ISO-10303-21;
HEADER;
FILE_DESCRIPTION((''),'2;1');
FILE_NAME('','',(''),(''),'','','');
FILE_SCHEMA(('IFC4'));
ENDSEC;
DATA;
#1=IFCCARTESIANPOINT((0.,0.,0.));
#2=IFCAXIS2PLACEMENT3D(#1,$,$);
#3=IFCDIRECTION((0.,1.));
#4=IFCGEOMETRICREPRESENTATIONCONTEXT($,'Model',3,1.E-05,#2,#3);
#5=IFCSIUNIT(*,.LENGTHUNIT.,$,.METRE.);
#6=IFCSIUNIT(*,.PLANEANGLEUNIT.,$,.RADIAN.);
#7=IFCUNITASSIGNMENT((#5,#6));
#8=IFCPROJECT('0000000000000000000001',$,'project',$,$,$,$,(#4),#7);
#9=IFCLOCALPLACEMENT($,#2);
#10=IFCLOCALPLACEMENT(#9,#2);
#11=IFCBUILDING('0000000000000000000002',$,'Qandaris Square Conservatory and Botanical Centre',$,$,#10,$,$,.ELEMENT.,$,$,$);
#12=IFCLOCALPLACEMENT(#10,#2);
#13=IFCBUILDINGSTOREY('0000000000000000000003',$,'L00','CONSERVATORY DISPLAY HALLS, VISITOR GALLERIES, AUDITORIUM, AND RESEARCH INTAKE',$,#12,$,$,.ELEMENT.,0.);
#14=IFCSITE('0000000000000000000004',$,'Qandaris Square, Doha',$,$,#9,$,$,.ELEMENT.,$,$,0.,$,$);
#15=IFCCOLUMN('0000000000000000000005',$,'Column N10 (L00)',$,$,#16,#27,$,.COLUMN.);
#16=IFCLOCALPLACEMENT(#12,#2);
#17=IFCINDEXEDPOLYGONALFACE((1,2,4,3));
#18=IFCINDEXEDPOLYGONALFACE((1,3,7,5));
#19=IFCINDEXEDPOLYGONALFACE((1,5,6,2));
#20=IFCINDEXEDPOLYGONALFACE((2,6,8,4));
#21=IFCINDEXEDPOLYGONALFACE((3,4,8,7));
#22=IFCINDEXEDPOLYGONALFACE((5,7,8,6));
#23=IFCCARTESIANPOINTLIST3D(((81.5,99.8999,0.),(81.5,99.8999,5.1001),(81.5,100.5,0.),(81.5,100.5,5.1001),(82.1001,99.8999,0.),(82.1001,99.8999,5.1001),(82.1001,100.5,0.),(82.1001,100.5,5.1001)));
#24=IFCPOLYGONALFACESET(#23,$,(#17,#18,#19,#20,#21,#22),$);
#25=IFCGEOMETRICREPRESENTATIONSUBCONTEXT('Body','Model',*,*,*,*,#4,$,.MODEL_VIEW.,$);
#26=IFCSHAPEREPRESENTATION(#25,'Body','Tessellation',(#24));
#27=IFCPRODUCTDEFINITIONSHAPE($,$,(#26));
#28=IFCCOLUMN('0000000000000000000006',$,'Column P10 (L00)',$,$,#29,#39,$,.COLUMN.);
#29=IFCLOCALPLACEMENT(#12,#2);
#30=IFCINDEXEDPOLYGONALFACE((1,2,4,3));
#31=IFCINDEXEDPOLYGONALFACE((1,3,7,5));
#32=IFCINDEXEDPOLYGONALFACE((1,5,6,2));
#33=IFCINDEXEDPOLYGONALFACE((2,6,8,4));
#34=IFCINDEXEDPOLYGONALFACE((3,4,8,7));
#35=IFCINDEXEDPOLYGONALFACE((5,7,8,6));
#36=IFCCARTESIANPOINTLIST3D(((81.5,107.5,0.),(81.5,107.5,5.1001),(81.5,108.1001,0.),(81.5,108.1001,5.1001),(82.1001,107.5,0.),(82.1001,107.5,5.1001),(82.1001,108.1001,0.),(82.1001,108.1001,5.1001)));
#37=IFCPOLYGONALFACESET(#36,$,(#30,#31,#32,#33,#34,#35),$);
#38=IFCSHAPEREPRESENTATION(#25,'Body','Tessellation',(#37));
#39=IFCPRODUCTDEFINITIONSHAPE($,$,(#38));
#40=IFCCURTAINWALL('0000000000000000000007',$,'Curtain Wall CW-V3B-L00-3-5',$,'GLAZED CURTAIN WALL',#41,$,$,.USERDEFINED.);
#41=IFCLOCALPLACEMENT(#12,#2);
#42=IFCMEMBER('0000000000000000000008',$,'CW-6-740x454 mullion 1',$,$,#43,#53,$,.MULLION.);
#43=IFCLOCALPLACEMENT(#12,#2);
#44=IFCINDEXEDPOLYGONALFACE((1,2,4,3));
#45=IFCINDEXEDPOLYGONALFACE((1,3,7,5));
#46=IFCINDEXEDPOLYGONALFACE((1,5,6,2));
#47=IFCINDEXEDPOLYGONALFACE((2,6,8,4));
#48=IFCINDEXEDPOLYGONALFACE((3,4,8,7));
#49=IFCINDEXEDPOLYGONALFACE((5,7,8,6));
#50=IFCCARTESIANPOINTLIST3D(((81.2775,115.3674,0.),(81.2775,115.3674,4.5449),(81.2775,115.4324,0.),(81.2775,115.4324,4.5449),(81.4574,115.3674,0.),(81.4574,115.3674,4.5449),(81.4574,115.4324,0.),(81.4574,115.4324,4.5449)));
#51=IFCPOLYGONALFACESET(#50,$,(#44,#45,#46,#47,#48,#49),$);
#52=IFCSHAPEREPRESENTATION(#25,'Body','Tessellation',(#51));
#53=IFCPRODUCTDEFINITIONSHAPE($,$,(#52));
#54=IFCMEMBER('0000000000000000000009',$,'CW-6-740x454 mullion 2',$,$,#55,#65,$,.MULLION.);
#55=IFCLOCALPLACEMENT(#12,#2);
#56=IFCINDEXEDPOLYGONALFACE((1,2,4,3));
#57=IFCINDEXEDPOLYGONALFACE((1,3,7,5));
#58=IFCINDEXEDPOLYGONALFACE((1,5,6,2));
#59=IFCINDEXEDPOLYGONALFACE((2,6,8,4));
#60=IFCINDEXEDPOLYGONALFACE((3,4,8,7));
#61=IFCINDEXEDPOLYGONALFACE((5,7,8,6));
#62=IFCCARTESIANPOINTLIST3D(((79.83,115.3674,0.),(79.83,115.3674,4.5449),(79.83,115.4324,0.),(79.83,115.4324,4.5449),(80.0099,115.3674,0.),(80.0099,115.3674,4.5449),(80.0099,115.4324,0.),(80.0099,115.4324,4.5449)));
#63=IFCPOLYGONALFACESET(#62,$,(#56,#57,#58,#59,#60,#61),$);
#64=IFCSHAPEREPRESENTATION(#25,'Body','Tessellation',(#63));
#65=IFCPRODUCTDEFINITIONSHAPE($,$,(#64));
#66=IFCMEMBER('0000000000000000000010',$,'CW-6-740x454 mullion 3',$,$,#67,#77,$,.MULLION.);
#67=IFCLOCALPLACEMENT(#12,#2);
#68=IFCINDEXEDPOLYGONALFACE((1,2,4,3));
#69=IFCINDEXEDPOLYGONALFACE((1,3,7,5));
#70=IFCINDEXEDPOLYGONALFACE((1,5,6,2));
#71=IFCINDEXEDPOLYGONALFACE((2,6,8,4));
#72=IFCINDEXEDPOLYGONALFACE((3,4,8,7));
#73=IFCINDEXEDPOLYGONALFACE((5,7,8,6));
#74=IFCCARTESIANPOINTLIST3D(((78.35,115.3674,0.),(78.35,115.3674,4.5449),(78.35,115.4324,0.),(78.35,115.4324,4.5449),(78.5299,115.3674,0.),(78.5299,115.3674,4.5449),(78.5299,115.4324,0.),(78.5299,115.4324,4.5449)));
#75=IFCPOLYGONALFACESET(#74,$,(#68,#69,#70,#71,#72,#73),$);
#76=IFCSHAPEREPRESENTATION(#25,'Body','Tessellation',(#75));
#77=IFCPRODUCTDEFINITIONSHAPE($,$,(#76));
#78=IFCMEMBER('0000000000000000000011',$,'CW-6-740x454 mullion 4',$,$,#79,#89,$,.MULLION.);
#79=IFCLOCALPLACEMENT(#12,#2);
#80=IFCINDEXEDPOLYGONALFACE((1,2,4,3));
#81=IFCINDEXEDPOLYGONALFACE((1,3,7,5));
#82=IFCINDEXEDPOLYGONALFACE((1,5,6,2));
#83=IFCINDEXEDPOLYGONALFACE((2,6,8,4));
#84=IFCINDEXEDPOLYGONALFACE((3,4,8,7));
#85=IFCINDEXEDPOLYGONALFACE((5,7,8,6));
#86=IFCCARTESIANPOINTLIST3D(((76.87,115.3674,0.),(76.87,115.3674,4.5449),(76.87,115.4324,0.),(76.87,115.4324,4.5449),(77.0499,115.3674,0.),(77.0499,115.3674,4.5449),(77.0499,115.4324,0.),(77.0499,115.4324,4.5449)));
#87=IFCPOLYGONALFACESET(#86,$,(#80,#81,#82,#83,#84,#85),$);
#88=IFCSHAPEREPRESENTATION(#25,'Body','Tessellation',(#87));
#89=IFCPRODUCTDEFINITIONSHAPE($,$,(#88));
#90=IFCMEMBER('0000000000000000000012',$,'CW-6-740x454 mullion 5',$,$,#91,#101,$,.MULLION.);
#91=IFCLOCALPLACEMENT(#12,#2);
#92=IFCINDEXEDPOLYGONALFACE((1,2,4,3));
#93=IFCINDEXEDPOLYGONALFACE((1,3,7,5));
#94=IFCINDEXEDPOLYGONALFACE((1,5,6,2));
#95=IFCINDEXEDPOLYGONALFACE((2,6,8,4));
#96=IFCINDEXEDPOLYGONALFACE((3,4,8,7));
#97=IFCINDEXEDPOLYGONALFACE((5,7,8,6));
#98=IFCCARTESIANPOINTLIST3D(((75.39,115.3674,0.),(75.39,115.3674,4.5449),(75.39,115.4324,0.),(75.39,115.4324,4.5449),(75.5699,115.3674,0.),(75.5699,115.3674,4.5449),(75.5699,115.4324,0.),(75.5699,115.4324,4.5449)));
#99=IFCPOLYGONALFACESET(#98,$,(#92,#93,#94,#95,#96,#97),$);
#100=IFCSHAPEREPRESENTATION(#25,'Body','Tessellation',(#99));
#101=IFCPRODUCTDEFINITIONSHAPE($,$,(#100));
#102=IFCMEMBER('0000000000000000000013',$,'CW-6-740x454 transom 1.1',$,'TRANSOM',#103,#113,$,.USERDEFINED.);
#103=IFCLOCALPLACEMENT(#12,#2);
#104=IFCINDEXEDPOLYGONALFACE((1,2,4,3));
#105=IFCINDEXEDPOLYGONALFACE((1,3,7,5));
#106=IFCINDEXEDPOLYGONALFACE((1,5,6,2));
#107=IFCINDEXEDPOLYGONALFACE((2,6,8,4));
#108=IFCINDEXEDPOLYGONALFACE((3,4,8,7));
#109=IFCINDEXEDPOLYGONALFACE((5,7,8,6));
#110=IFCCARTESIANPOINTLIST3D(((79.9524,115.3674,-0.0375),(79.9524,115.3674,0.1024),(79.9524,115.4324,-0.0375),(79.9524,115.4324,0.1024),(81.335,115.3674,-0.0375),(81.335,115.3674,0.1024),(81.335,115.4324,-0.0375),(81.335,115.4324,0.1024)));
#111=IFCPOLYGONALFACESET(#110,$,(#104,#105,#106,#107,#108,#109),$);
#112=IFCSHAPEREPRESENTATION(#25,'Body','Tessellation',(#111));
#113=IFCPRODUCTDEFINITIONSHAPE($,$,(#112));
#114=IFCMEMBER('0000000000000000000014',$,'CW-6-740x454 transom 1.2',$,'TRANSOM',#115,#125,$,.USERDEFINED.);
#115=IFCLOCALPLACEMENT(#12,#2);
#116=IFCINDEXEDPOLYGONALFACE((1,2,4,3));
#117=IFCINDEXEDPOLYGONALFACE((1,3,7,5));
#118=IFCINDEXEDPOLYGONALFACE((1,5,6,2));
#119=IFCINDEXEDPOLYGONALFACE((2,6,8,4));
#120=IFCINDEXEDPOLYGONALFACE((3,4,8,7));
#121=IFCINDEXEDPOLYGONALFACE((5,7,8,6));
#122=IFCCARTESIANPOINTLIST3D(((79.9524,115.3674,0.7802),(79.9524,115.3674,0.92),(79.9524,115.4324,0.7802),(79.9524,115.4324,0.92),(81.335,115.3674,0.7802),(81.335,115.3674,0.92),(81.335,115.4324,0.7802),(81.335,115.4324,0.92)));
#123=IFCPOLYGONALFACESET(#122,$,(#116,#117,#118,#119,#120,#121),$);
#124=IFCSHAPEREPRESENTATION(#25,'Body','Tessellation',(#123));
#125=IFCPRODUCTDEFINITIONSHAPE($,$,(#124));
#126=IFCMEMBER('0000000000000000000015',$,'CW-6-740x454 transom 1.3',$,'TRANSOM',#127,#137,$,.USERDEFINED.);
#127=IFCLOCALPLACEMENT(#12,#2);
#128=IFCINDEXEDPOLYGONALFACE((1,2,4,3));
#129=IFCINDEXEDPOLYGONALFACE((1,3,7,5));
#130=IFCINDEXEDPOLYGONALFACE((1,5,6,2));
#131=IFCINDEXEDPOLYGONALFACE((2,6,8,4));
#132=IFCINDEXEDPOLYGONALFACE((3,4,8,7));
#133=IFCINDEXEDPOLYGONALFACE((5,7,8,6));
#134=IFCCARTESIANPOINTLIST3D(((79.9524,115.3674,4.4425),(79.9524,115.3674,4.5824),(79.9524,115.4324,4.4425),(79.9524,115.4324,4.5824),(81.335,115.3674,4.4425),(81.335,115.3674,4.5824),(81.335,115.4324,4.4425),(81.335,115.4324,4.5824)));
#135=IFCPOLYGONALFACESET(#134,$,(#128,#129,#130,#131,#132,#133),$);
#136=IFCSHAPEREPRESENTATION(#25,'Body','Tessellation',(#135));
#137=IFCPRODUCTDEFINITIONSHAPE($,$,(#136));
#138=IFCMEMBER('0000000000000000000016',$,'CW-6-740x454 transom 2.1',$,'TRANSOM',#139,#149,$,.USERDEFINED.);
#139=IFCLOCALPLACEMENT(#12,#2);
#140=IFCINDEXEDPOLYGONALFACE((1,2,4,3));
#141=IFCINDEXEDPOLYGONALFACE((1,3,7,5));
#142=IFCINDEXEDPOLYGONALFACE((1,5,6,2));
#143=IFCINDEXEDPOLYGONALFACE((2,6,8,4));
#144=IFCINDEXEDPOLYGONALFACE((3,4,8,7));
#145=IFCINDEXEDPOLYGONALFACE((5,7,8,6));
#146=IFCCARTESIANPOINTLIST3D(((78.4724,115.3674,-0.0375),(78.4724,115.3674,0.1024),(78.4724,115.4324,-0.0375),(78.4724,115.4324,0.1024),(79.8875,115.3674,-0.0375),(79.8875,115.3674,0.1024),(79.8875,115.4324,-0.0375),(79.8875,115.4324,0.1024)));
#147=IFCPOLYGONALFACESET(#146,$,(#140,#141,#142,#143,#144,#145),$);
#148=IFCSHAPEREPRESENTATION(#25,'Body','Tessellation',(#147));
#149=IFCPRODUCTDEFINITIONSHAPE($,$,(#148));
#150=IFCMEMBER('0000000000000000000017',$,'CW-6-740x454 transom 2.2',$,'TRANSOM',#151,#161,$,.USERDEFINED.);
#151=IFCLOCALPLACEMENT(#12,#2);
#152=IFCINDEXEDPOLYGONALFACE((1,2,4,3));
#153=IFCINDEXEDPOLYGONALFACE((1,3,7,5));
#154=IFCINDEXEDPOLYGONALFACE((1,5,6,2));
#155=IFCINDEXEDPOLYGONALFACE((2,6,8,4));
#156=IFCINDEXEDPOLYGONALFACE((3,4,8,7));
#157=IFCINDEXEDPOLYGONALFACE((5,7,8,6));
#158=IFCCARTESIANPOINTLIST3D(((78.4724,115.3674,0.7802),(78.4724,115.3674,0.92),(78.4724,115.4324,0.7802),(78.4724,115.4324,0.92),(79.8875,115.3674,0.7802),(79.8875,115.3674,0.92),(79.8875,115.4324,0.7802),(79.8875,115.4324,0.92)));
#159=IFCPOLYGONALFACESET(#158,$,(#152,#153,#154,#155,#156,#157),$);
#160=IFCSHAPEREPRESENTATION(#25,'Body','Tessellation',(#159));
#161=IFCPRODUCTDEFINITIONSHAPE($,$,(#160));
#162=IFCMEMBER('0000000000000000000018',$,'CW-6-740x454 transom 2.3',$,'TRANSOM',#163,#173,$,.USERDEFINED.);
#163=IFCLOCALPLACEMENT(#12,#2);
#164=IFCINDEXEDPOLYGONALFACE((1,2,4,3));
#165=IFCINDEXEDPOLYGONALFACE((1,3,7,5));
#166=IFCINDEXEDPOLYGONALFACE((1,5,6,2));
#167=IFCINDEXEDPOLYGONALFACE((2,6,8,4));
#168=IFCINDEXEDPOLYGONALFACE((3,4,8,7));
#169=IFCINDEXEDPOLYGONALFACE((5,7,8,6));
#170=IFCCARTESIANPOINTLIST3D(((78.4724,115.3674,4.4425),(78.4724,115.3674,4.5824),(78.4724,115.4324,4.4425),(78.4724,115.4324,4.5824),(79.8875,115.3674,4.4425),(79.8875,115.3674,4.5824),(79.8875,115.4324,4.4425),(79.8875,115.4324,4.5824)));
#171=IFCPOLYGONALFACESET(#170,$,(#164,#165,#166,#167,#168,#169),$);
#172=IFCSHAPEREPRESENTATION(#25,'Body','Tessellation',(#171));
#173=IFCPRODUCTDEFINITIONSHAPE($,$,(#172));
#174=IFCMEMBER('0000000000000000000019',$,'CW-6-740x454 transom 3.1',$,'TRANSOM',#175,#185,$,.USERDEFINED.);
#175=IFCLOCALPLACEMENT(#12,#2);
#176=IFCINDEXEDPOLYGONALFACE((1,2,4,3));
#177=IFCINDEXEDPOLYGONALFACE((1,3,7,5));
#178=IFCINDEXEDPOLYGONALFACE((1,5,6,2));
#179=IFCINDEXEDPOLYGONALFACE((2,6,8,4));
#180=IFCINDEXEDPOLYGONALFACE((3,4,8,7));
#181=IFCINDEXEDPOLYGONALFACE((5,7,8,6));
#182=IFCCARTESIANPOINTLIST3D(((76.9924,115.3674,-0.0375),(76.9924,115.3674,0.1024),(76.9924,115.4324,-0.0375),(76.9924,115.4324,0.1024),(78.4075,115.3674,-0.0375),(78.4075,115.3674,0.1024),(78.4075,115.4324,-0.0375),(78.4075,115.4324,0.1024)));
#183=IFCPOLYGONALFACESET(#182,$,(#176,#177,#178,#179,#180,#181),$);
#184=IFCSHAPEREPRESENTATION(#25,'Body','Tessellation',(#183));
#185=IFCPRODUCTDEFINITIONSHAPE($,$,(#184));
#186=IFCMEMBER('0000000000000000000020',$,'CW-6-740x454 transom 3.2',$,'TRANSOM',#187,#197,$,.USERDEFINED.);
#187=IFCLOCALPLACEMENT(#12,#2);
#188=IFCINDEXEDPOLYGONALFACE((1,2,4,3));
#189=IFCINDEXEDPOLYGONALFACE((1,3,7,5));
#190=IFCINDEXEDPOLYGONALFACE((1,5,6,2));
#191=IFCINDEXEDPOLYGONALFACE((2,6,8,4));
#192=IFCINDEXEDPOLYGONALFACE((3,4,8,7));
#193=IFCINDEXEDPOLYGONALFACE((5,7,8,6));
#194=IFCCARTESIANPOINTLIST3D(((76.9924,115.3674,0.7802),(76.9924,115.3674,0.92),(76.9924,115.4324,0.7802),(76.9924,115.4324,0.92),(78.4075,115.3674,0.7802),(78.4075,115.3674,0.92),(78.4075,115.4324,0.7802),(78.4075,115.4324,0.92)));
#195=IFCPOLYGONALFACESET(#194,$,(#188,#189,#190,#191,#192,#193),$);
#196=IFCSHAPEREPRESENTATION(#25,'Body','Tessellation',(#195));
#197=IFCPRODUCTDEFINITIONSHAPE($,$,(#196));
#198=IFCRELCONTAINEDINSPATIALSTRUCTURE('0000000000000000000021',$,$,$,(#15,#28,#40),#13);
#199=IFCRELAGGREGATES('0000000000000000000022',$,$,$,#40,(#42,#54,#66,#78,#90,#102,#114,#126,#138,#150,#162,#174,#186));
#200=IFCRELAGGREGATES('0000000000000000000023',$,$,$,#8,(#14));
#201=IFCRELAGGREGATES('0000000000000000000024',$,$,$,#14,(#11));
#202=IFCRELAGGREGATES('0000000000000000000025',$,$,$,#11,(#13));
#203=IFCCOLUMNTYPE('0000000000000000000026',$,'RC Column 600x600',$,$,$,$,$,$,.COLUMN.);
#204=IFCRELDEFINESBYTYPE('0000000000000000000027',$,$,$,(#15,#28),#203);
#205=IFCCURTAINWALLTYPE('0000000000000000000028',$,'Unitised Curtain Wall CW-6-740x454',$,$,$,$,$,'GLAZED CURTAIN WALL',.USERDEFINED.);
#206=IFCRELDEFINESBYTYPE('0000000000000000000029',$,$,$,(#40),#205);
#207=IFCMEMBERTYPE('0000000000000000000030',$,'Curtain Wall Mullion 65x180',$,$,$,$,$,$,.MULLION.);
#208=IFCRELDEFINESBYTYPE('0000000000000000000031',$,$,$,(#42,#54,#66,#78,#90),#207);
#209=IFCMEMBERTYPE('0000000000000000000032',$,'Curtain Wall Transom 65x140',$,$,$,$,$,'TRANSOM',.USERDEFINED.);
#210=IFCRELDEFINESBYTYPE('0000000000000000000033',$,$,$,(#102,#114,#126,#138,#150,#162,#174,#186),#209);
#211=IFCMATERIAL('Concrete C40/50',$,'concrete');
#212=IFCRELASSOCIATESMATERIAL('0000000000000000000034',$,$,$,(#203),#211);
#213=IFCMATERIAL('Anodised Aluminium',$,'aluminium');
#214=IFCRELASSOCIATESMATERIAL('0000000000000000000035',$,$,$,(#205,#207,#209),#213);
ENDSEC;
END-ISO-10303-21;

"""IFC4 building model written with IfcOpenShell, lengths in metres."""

from ifc_helpers import new_model, si_unit, direction, frame, origin, origin_2d, place, context, subcontext, project, spatial, rectangle, extrude, material, material_profile, profile_set, type_object, element, aggregate, save


model = new_model("IFC4")

# Units and contexts
model_context = context("Model", 3, precision=1e-05, world=origin(), true_north=direction((0.0, 1.0)))
body_context = subcontext(model_context, "Body", "Model", "MODEL_VIEW")
ifc_project = project(units=[si_unit("LENGTHUNIT", "METRE"), si_unit("PLANEANGLEUNIT", "RADIAN")], contexts=[model_context])

# Site, building, storey
site_placement = place(None, origin())
site = spatial("IfcSite", under=ifc_project, at=site_placement, Name="Qandaris Square, Doha", CompositionType="ELEMENT", RefElevation=0.0)
building_placement = place(site_placement, origin())
building = spatial("IfcBuilding", under=site, at=building_placement, Name="Qandaris Square Conservatory and Botanical Centre", CompositionType="ELEMENT")
storey_placement = place(building_placement, origin())
storey = spatial("IfcBuildingStorey", under=building, at=storey_placement, Name="L00", Description="CONSERVATORY DISPLAY HALLS, VISITOR GALLERIES, AUDITORIUM, AND RESEARCH INTAKE", CompositionType="ELEMENT", Elevation=0.0)

# Shared definitions
ifc_material_1 = material(Name="Concrete C40/50", Category="concrete")

# Columns
ifc_material_profile_1 = material_profile(ifc_material_1, rectangle(XDim=0.6001, YDim=0.6001, at=origin_2d()), Name="RC-COL 600x600")
ifc_profile_set_1 = profile_set([ifc_material_profile_1], Name="Concrete C40/50")
column_type = type_object("IfcColumnType", Name="RC Column 600x600", PredefinedType="COLUMN", material=ifc_profile_set_1)
for number, where, z_axis, x_axis, name in (
    (1, (81.8, 100.2, 0.0), (0.0, 0.0, 1.0), (1.0, 0.0, 0.0), "Column N10 (L00)"),
    (2, (81.8, 107.8, 0.0), (0.0, 0.0, 1.0), (1.0, 0.0, 0.0), "Column P10 (L00)"),
):
    element("IfcColumn", number, at=place(storey_placement, frame(where, z_axis=z_axis, x_axis=x_axis)), inside=storey, type_object=column_type, Name=name, PredefinedType="COLUMN", context=body_context, shape_type="SweptSolid", body=[
        extrude(rectangle(XDim=0.6001, YDim=0.6001, at=origin_2d()), origin(), (0.0, 0.0, 1.0), 5.1001),
    ])

# Curtain wall, members
ifc_material_2 = material(Name="Anodised Aluminium", Category="aluminium")
curtain_wall_type = type_object("IfcCurtainWallType", Name="Unitised Curtain Wall CW-6-740x454", ElementType="GLAZED CURTAIN WALL", PredefinedType="USERDEFINED", material=ifc_material_2)
curtain_wall_placement = place(storey_placement, origin())
curtain_wall = element("IfcCurtainWall", 3, at=curtain_wall_placement, inside=storey, type_object=curtain_wall_type, Name="Curtain Wall CW-V3B-L00-3-5", ObjectType="GLAZED CURTAIN WALL", PredefinedType="USERDEFINED")
ifc_material_profile_2 = material_profile(ifc_material_2, rectangle(XDim=0.0649, YDim=0.1799, at=origin_2d()), Name="ALU-MUL 65x180")
ifc_profile_set_2 = profile_set([ifc_material_profile_2], Name="Anodised Aluminium")
member_type_1 = type_object("IfcMemberType", Name="Curtain Wall Mullion 65x180", PredefinedType="MULLION", material=ifc_profile_set_2)
member_1_placement = place(storey_placement, frame((81.3674, 115.3999, 0.0), z_axis=(0.0, 0.0, 1.0), x_axis=(0.0, -1.0, 0.0)))
member_1 = element("IfcMember", 4, at=member_1_placement, type_object=member_type_1, Name="CW-6-740x454 mullion 1", PredefinedType="MULLION", context=body_context, shape_type="SweptSolid", body=[
    extrude(rectangle(XDim=0.0649, YDim=0.1799, at=origin_2d()), origin(), (0.0, 0.0, 1.0), 4.5449),
])
member_2_placement = place(storey_placement, frame((79.9199, 115.3999, 0.0), z_axis=(0.0, 0.0, 1.0), x_axis=(0.0, -1.0, 0.0)))
member_2 = element("IfcMember", 5, at=member_2_placement, type_object=member_type_1, Name="CW-6-740x454 mullion 2", PredefinedType="MULLION", context=body_context, shape_type="SweptSolid", body=[
    extrude(rectangle(XDim=0.0649, YDim=0.1799, at=origin_2d()), origin(), (0.0, 0.0, 1.0), 4.5449),
])
member_3_placement = place(storey_placement, frame((78.4399, 115.3999, 0.0), z_axis=(0.0, 0.0, 1.0), x_axis=(0.0, -1.0, 0.0)))
member_3 = element("IfcMember", 6, at=member_3_placement, type_object=member_type_1, Name="CW-6-740x454 mullion 3", PredefinedType="MULLION", context=body_context, shape_type="SweptSolid", body=[
    extrude(rectangle(XDim=0.0649, YDim=0.1799, at=origin_2d()), origin(), (0.0, 0.0, 1.0), 4.5449),
])
member_4_placement = place(storey_placement, frame((76.96, 115.3999, 0.0), z_axis=(0.0, 0.0, 1.0), x_axis=(0.0, -1.0, 0.0)))
member_4 = element("IfcMember", 7, at=member_4_placement, type_object=member_type_1, Name="CW-6-740x454 mullion 4", PredefinedType="MULLION", context=body_context, shape_type="SweptSolid", body=[
    extrude(rectangle(XDim=0.0649, YDim=0.1799, at=origin_2d()), origin(), (0.0, 0.0, 1.0), 4.5449),
])
member_5_placement = place(storey_placement, frame((75.48, 115.3999, 0.0), z_axis=(0.0, 0.0, 1.0), x_axis=(0.0, -1.0, 0.0)))
member_5 = element("IfcMember", 8, at=member_5_placement, type_object=member_type_1, Name="CW-6-740x454 mullion 5", PredefinedType="MULLION", context=body_context, shape_type="SweptSolid", body=[
    extrude(rectangle(XDim=0.0649, YDim=0.1799, at=origin_2d()), origin(), (0.0, 0.0, 1.0), 4.5449),
])
ifc_material_profile_3 = material_profile(ifc_material_2, rectangle(XDim=0.0649, YDim=0.1399, at=origin_2d()), Name="ALU-TRN 65x140")
ifc_profile_set_3 = profile_set([ifc_material_profile_3], Name="Anodised Aluminium")
member_type_2 = type_object("IfcMemberType", Name="Curtain Wall Transom 65x140", ElementType="TRANSOM", PredefinedType="USERDEFINED", material=ifc_profile_set_3)
member_6_placement = place(storey_placement, frame((81.335, 115.3999, 0.0325), z_axis=(-1.0, 0.0, 0.0), x_axis=(0.0, -1.0, 0.0)))
member_6 = element("IfcMember", 9, at=member_6_placement, type_object=member_type_2, Name="CW-6-740x454 transom 1.1", ObjectType="TRANSOM", PredefinedType="USERDEFINED", context=body_context, shape_type="SweptSolid", body=[
    extrude(rectangle(XDim=0.0649, YDim=0.1399, at=origin_2d()), origin(), (0.0, 0.0, 1.0), 1.3826),
])
member_7_placement = place(storey_placement, frame((81.335, 115.3999, 0.8501), z_axis=(-1.0, 0.0, 0.0), x_axis=(0.0, -1.0, 0.0)))
member_7 = element("IfcMember", 10, at=member_7_placement, type_object=member_type_2, Name="CW-6-740x454 transom 1.2", ObjectType="TRANSOM", PredefinedType="USERDEFINED", context=body_context, shape_type="SweptSolid", body=[
    extrude(rectangle(XDim=0.0649, YDim=0.1399, at=origin_2d()), origin(), (0.0, 0.0, 1.0), 1.3826),
])
member_8_placement = place(storey_placement, frame((81.335, 115.3999, 4.5125), z_axis=(-1.0, 0.0, 0.0), x_axis=(0.0, -1.0, 0.0)))
member_8 = element("IfcMember", 11, at=member_8_placement, type_object=member_type_2, Name="CW-6-740x454 transom 1.3", ObjectType="TRANSOM", PredefinedType="USERDEFINED", context=body_context, shape_type="SweptSolid", body=[
    extrude(rectangle(XDim=0.0649, YDim=0.1399, at=origin_2d()), origin(), (0.0, 0.0, 1.0), 1.3826),
])
member_9_placement = place(storey_placement, frame((79.8875, 115.3999, 0.0325), z_axis=(-1.0, 0.0, 0.0), x_axis=(0.0, -1.0, 0.0)))
member_9 = element("IfcMember", 12, at=member_9_placement, type_object=member_type_2, Name="CW-6-740x454 transom 2.1", ObjectType="TRANSOM", PredefinedType="USERDEFINED", context=body_context, shape_type="SweptSolid", body=[
    extrude(rectangle(XDim=0.0649, YDim=0.1399, at=origin_2d()), origin(), (0.0, 0.0, 1.0), 1.415),
])
member_10_placement = place(storey_placement, frame((79.8875, 115.3999, 0.8501), z_axis=(-1.0, 0.0, 0.0), x_axis=(0.0, -1.0, 0.0)))
member_10 = element("IfcMember", 13, at=member_10_placement, type_object=member_type_2, Name="CW-6-740x454 transom 2.2", ObjectType="TRANSOM", PredefinedType="USERDEFINED", context=body_context, shape_type="SweptSolid", body=[
    extrude(rectangle(XDim=0.0649, YDim=0.1399, at=origin_2d()), origin(), (0.0, 0.0, 1.0), 1.415),
])
member_11_placement = place(storey_placement, frame((79.8875, 115.3999, 4.5125), z_axis=(-1.0, 0.0, 0.0), x_axis=(0.0, -1.0, 0.0)))
member_11 = element("IfcMember", 14, at=member_11_placement, type_object=member_type_2, Name="CW-6-740x454 transom 2.3", ObjectType="TRANSOM", PredefinedType="USERDEFINED", context=body_context, shape_type="SweptSolid", body=[
    extrude(rectangle(XDim=0.0649, YDim=0.1399, at=origin_2d()), origin(), (0.0, 0.0, 1.0), 1.415),
])
member_12_placement = place(storey_placement, frame((78.4075, 115.3999, 0.0325), z_axis=(-1.0, 0.0, 0.0), x_axis=(0.0, -1.0, 0.0)))
member_12 = element("IfcMember", 15, at=member_12_placement, type_object=member_type_2, Name="CW-6-740x454 transom 3.1", ObjectType="TRANSOM", PredefinedType="USERDEFINED", context=body_context, shape_type="SweptSolid", body=[
    extrude(rectangle(XDim=0.0649, YDim=0.1399, at=origin_2d()), origin(), (0.0, 0.0, 1.0), 1.415),
])
member_13_placement = place(storey_placement, frame((78.4075, 115.3999, 0.8501), z_axis=(-1.0, 0.0, 0.0), x_axis=(0.0, -1.0, 0.0)))
member_13 = element("IfcMember", 16, at=member_13_placement, type_object=member_type_2, Name="CW-6-740x454 transom 3.2", ObjectType="TRANSOM", PredefinedType="USERDEFINED", context=body_context, shape_type="SweptSolid", body=[
    extrude(rectangle(XDim=0.0649, YDim=0.1399, at=origin_2d()), origin(), (0.0, 0.0, 1.0), 1.415),
])

aggregate(curtain_wall, [member_1, member_2, member_3, member_4, member_5, member_6, member_7, member_8, member_9, member_10, member_11, member_12, member_13])

save(model, "model.ifc")
